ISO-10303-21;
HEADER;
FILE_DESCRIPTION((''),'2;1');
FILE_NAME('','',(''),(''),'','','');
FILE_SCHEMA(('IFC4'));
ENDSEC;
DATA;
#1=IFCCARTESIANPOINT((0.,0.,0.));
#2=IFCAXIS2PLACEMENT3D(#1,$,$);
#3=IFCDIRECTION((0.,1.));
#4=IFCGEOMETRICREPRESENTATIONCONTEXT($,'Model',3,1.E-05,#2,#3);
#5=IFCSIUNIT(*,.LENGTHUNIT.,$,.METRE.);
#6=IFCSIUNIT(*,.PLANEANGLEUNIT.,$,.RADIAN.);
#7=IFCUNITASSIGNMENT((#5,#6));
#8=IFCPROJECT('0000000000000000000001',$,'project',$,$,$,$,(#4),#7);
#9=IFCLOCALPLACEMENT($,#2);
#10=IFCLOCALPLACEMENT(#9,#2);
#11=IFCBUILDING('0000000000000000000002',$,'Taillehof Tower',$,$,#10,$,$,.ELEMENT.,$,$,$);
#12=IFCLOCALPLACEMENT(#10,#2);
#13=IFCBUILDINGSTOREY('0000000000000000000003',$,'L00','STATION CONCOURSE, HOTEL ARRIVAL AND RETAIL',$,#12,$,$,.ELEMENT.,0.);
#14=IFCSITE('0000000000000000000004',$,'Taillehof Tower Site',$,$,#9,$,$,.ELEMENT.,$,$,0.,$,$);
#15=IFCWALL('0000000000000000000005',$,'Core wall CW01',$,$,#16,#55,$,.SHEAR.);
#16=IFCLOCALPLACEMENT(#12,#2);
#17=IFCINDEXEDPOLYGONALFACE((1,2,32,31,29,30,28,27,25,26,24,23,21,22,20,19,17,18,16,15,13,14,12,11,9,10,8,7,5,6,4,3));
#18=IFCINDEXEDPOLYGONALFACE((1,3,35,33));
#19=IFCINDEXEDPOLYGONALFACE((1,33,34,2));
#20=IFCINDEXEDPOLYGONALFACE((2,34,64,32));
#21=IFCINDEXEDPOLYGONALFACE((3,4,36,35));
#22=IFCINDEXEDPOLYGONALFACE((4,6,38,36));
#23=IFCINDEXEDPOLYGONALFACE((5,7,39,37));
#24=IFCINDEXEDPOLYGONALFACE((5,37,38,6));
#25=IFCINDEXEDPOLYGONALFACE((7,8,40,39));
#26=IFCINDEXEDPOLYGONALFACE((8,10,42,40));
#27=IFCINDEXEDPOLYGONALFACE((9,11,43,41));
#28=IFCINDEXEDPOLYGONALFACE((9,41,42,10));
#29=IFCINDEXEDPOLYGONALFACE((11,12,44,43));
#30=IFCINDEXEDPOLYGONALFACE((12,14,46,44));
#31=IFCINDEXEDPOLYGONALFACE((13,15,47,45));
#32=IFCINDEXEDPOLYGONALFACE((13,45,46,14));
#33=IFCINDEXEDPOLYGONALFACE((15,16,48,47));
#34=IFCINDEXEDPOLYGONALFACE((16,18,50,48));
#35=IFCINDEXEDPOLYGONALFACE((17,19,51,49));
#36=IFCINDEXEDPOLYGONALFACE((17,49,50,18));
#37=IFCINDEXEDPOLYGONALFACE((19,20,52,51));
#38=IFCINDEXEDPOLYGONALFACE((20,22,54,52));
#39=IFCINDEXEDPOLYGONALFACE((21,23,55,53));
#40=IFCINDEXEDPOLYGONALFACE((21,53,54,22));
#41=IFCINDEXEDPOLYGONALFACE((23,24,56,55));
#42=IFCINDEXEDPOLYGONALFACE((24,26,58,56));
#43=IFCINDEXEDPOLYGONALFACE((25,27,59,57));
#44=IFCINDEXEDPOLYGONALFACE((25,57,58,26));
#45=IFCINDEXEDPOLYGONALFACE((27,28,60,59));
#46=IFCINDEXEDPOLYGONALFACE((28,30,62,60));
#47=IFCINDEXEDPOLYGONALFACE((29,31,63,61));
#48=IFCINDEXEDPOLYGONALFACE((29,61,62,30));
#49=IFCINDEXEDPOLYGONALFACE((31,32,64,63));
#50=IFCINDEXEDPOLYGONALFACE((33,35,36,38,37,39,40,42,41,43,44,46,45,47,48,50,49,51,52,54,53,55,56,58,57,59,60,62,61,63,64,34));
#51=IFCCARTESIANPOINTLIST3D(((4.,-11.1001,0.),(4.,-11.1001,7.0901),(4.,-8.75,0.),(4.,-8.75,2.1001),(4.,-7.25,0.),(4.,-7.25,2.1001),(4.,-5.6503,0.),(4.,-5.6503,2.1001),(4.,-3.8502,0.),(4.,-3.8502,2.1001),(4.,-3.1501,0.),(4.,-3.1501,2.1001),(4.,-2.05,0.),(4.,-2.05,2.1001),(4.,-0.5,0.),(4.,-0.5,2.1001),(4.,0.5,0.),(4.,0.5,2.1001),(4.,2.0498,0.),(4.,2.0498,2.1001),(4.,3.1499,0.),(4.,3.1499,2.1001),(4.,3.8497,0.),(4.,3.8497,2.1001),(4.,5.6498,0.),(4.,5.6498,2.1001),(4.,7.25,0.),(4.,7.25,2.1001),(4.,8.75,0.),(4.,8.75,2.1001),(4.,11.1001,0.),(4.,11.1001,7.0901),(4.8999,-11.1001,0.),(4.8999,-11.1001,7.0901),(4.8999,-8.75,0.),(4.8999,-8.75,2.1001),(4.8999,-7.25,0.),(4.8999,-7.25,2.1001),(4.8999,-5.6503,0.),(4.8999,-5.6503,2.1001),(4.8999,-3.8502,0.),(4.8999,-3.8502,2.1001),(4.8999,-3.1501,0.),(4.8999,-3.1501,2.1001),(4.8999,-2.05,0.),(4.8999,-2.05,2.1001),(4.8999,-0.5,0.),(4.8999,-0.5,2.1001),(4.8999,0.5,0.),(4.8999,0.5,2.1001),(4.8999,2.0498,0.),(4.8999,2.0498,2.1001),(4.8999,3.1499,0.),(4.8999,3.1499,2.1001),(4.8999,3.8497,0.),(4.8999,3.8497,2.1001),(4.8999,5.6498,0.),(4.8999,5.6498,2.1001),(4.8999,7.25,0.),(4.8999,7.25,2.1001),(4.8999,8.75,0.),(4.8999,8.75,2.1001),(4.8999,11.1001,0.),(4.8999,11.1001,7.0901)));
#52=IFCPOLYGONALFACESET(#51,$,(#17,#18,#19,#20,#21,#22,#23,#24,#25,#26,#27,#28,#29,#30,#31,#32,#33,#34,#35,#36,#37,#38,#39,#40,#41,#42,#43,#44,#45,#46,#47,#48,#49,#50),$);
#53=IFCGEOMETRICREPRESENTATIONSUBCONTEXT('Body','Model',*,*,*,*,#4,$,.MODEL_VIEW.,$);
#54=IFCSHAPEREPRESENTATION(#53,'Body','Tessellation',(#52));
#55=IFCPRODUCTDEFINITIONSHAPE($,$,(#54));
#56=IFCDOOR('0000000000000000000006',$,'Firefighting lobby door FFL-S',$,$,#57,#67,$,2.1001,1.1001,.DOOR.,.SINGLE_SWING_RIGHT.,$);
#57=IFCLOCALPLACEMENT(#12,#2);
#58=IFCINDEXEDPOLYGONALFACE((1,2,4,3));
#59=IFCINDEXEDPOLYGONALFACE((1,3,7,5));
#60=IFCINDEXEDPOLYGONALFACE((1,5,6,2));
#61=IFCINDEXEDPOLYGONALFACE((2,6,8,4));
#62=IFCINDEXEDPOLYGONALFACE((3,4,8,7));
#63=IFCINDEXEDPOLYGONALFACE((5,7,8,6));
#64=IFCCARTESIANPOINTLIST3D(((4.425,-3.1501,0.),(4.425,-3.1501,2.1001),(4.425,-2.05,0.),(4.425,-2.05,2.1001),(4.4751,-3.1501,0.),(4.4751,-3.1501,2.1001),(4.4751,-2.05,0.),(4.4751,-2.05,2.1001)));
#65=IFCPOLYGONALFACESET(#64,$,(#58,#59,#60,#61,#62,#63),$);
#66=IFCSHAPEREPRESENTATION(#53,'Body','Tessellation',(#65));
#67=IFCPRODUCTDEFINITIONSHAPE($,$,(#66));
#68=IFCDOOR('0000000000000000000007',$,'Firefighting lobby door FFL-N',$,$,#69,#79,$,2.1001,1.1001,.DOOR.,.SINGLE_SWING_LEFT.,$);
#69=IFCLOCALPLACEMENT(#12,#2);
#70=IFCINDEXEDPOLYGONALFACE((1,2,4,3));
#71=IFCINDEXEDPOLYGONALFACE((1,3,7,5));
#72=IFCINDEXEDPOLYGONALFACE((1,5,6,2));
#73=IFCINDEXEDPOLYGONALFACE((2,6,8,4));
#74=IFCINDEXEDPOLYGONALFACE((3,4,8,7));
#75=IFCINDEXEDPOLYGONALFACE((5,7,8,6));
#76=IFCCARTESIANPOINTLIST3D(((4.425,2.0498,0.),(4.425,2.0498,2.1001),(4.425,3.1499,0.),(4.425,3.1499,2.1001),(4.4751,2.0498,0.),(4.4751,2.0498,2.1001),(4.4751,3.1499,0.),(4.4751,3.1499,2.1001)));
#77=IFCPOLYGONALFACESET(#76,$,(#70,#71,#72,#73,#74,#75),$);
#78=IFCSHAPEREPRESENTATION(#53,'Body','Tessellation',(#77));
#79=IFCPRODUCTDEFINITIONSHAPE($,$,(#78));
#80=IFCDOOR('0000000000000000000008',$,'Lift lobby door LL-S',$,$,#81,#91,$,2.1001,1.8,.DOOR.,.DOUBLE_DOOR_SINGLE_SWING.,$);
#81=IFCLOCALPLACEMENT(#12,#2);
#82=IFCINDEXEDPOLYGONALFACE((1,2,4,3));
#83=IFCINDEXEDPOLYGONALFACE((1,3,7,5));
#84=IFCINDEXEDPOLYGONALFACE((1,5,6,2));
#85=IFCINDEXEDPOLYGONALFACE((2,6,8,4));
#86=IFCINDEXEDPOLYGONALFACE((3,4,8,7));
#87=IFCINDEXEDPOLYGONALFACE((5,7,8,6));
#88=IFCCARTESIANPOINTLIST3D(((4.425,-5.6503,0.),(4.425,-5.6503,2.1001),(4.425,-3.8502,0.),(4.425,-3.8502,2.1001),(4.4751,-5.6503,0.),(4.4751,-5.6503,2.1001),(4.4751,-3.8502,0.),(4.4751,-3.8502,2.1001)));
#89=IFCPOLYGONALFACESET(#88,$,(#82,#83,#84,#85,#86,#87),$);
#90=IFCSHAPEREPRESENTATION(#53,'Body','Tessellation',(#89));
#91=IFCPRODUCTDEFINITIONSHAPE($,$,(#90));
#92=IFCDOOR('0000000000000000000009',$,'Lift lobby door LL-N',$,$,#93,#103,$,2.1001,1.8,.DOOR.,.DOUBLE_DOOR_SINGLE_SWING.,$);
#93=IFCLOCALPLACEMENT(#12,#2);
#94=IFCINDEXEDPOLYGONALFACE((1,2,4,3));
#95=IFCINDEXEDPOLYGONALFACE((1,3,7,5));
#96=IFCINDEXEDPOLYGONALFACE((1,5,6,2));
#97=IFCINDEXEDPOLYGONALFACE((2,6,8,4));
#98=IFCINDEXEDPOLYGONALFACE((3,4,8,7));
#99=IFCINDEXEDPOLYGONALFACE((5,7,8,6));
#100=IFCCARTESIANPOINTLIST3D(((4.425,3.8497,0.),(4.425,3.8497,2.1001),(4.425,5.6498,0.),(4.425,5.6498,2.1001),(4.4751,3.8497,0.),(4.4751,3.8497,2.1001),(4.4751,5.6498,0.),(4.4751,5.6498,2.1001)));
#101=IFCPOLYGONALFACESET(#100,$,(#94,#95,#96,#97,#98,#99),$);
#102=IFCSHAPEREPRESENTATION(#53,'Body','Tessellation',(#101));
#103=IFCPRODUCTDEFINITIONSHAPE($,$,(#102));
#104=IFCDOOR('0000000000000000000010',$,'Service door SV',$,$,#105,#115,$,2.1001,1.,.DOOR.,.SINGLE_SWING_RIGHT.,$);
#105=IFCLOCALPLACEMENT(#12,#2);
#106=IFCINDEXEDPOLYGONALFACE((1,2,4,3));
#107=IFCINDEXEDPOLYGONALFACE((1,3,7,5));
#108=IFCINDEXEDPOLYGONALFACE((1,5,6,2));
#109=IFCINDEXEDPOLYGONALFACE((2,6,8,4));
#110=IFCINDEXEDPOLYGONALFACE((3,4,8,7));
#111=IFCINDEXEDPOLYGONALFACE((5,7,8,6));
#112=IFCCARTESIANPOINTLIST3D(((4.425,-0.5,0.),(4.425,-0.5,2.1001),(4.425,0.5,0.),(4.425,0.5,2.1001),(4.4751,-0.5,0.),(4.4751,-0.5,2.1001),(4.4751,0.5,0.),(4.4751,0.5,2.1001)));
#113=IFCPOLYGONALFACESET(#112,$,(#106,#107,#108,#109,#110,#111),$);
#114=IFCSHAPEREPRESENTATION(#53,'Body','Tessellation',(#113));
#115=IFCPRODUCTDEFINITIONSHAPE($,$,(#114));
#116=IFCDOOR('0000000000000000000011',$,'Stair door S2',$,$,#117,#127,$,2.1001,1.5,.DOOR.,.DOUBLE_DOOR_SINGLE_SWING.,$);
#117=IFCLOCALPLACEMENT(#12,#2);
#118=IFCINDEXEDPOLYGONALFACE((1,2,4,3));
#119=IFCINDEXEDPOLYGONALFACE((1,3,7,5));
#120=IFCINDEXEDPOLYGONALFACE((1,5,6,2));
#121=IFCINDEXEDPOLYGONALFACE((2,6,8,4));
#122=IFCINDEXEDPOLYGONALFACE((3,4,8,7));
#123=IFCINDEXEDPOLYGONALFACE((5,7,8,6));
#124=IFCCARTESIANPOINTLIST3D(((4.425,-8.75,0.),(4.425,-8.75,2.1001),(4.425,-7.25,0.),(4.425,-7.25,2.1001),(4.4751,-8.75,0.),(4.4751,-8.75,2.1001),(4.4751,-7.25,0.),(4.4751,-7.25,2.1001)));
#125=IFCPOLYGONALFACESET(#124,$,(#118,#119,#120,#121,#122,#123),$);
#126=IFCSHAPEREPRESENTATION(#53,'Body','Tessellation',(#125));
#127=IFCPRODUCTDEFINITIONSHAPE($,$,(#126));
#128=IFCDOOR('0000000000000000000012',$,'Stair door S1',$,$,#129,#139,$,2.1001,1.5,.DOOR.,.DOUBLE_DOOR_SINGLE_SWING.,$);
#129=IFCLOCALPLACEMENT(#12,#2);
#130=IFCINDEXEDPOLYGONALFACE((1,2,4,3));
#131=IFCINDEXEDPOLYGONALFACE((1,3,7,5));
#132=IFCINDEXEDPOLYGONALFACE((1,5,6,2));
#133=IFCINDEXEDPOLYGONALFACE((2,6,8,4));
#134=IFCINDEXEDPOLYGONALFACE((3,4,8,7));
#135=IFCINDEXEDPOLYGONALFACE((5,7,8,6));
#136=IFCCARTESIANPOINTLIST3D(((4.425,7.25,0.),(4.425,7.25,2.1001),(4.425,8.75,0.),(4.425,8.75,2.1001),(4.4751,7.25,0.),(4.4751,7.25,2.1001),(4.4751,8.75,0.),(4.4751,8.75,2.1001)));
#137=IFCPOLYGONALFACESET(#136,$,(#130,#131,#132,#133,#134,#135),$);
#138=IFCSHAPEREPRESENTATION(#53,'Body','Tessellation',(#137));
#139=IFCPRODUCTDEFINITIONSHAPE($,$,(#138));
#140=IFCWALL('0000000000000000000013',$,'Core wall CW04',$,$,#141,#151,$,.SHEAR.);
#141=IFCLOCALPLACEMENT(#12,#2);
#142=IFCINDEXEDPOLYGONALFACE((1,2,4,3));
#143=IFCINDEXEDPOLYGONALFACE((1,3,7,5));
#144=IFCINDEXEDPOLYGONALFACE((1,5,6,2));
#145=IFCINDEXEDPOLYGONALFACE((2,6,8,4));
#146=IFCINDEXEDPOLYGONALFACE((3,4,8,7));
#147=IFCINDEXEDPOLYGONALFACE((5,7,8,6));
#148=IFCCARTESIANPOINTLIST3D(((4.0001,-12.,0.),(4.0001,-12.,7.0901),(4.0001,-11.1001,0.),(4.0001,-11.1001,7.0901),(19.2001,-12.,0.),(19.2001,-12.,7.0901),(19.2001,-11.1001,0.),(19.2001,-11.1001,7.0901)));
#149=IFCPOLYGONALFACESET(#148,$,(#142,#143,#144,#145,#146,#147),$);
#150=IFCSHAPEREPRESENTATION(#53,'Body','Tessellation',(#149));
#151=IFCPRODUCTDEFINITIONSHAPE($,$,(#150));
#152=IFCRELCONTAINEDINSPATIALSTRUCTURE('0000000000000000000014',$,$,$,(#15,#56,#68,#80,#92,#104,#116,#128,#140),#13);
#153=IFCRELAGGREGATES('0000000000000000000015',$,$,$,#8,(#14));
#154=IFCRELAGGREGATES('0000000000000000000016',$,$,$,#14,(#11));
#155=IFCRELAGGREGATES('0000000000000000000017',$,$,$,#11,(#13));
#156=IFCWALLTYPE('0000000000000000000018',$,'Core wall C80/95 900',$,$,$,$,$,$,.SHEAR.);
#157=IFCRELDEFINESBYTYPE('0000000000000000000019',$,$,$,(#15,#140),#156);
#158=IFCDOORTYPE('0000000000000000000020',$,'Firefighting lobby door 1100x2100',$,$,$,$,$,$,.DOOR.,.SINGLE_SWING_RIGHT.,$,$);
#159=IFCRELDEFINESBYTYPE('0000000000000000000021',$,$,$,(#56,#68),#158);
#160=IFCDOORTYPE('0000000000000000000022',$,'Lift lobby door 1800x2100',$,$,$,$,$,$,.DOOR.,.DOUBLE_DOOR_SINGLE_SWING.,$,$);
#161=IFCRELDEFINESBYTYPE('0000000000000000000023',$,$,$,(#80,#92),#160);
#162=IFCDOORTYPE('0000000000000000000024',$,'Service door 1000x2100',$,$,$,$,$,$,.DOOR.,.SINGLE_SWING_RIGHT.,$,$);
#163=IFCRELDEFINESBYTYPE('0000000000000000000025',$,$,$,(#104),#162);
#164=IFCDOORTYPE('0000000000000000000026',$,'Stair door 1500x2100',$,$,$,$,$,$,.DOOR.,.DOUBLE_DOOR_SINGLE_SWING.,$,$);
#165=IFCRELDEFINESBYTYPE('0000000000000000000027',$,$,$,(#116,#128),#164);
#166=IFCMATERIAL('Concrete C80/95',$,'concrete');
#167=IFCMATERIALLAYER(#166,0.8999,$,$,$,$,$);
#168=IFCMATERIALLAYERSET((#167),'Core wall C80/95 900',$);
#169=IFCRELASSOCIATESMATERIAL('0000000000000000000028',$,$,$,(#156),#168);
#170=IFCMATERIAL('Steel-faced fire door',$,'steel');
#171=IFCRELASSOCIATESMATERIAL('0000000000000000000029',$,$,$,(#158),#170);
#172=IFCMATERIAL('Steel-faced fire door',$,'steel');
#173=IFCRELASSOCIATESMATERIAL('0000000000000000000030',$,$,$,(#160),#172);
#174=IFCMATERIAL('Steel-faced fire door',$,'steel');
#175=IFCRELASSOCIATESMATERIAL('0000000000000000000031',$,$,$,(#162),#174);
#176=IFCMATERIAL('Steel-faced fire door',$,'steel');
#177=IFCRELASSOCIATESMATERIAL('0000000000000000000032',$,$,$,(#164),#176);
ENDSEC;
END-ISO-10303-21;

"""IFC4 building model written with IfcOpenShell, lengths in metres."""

from ifc_helpers import new_model, si_unit, direction, frame, frame_2d, origin, place, context, subcontext, project, spatial, rectangle, extrude, material, layer, layer_set, type_object, element, fill, save


model = new_model("IFC4")

# Units and contexts
model_context = context("Model", 3, precision=1e-05, world=origin(), true_north=direction((0.0, 1.0)))
body_context = subcontext(model_context, "Body", "Model", "MODEL_VIEW")
ifc_project = project(units=[si_unit("LENGTHUNIT", "METRE"), si_unit("PLANEANGLEUNIT", "RADIAN")], contexts=[model_context])

# Site, building, storey
site_placement = place(None, origin())
site = spatial("IfcSite", under=ifc_project, at=site_placement, Name="Taillehof Tower Site", CompositionType="ELEMENT", RefElevation=0.0)
building_placement = place(site_placement, origin())
building = spatial("IfcBuilding", under=site, at=building_placement, Name="Taillehof Tower", CompositionType="ELEMENT")
storey_placement = place(building_placement, origin())
storey = spatial("IfcBuildingStorey", under=building, at=storey_placement, Name="L00", Description="STATION CONCOURSE, HOTEL ARRIVAL AND RETAIL", CompositionType="ELEMENT", Elevation=0.0)

# Wall, openings, doors
ifc_material_1 = material(Name="Concrete C80/95", Category="concrete")
ifc_layer_1 = layer(ifc_material_1, 0.8999)
ifc_layer_set_1 = layer_set([ifc_layer_1], Name="Core wall C80/95 900")
wall_type_1 = type_object("IfcWallType", Name="Core wall C80/95 900", PredefinedType="SHEAR", material=ifc_layer_set_1)
wall_1_placement = place(storey_placement, frame((4.45, -11.1001, 0.0), z_axis=(0.0, 0.0, 1.0), x_axis=(0.0, 1.0, 0.0)))
wall_1 = element("IfcWall", 1, at=wall_1_placement, inside=storey, type_object=wall_type_1, Name="Core wall CW01", PredefinedType="SHEAR", context=body_context, shape_type="SweptSolid", body=[
    extrude(rectangle(XDim=22.2002, YDim=0.8999, at=frame_2d((11.1001, 0.0))), origin(), (0.0, 0.0, 1.0), 7.0901),
])
opening_1_placement = place(wall_1_placement, frame((2.3501, 0.0, 0.0)))
opening_1 = element("IfcOpeningElement", 2, at=opening_1_placement, cuts=wall_1, PredefinedType="OPENING", context=body_context, shape_type="SweptSolid", body=[
    extrude(rectangle(XDim=1.5, YDim=2.1001, at=frame_2d((0.75, 1.05))), frame((0.0, 0.46, 0.0), z_axis=(0.0, -1.0, 0.0), x_axis=(1.0, 0.0, 0.0)), (0.0, 0.0, 1.0), 0.9199),
])
opening_2_placement = place(wall_1_placement, frame((5.45, 0.0, 0.0)))
opening_2 = element("IfcOpeningElement", 3, at=opening_2_placement, cuts=wall_1, PredefinedType="OPENING", context=body_context, shape_type="SweptSolid", body=[
    extrude(rectangle(XDim=1.8, YDim=2.1001, at=frame_2d((0.8999, 1.05))), frame((0.0, 0.46, 0.0), z_axis=(0.0, -1.0, 0.0), x_axis=(1.0, 0.0, 0.0)), (0.0, 0.0, 1.0), 0.9199),
])
opening_3_placement = place(wall_1_placement, frame((7.95, 0.0, 0.0)))
opening_3 = element("IfcOpeningElement", 4, at=opening_3_placement, cuts=wall_1, PredefinedType="OPENING", context=body_context, shape_type="SweptSolid", body=[
    extrude(rectangle(XDim=1.1001, YDim=2.1001, at=frame_2d((0.55, 1.05))), frame((0.0, 0.46, 0.0), z_axis=(0.0, -1.0, 0.0), x_axis=(1.0, 0.0, 0.0)), (0.0, 0.0, 1.0), 0.9199),
])
opening_4_placement = place(wall_1_placement, frame((10.6001, 0.0, 0.0)))
opening_4 = element("IfcOpeningElement", 5, at=opening_4_placement, cuts=wall_1, PredefinedType="OPENING", context=body_context, shape_type="SweptSolid", body=[
    extrude(rectangle(XDim=1.0, YDim=2.1001, at=frame_2d((0.5, 1.05))), frame((0.0, 0.46, 0.0), z_axis=(0.0, -1.0, 0.0), x_axis=(1.0, 0.0, 0.0)), (0.0, 0.0, 1.0), 0.9199),
])
opening_5_placement = place(wall_1_placement, frame((13.1499, 0.0, 0.0)))
opening_5 = element("IfcOpeningElement", 6, at=opening_5_placement, cuts=wall_1, PredefinedType="OPENING", context=body_context, shape_type="SweptSolid", body=[
    extrude(rectangle(XDim=1.1001, YDim=2.1001, at=frame_2d((0.55, 1.05))), frame((0.0, 0.46, 0.0), z_axis=(0.0, -1.0, 0.0), x_axis=(1.0, 0.0, 0.0)), (0.0, 0.0, 1.0), 0.9199),
])
opening_6_placement = place(wall_1_placement, frame((14.95, 0.0, 0.0)))
opening_6 = element("IfcOpeningElement", 7, at=opening_6_placement, cuts=wall_1, PredefinedType="OPENING", context=body_context, shape_type="SweptSolid", body=[
    extrude(rectangle(XDim=1.8, YDim=2.1001, at=frame_2d((0.8999, 1.05))), frame((0.0, 0.46, 0.0), z_axis=(0.0, -1.0, 0.0), x_axis=(1.0, 0.0, 0.0)), (0.0, 0.0, 1.0), 0.9199),
])
opening_7_placement = place(wall_1_placement, frame((18.3501, 0.0, 0.0)))
opening_7 = element("IfcOpeningElement", 8, at=opening_7_placement, cuts=wall_1, PredefinedType="OPENING", context=body_context, shape_type="SweptSolid", body=[
    extrude(rectangle(XDim=1.5, YDim=2.1001, at=frame_2d((0.75, 1.05))), frame((0.0, 0.46, 0.0), z_axis=(0.0, -1.0, 0.0), x_axis=(1.0, 0.0, 0.0)), (0.0, 0.0, 1.0), 0.9199),
])
ifc_material_2 = material(Name="Steel-faced fire door", Category="steel")
door_type_1 = type_object("IfcDoorType", Name="Firefighting lobby door 1100x2100", OperationType="SINGLE_SWING_RIGHT", PredefinedType="DOOR", material=ifc_material_2)
door_1_placement = place(opening_3_placement, origin())
door_1 = element("IfcDoor", 9, at=door_1_placement, inside=storey, type_object=door_type_1, Name="Firefighting lobby door FFL-S", OperationType="SINGLE_SWING_RIGHT", OverallHeight=2.1001, OverallWidth=1.1001, PredefinedType="DOOR", context=body_context, shape_type="SweptSolid", body=[
    extrude(rectangle(XDim=1.1001, YDim=2.1001, at=frame_2d((0.55, 1.05))), frame((0.0, 0.0249, 0.0), z_axis=(0.0, -1.0, 0.0), x_axis=(1.0, 0.0, 0.0)), (0.0, 0.0, 1.0), 0.05),
])
fill(opening_3, door_1)
door_2_placement = place(opening_5_placement, origin())
door_2 = element("IfcDoor", 10, at=door_2_placement, inside=storey, type_object=door_type_1, Name="Firefighting lobby door FFL-N", OperationType="SINGLE_SWING_LEFT", OverallHeight=2.1001, OverallWidth=1.1001, PredefinedType="DOOR", context=body_context, shape_type="SweptSolid", body=[
    extrude(rectangle(XDim=1.1001, YDim=2.1001, at=frame_2d((0.55, 1.05))), frame((0.0, 0.0249, 0.0), z_axis=(0.0, -1.0, 0.0), x_axis=(1.0, 0.0, 0.0)), (0.0, 0.0, 1.0), 0.05),
])
fill(opening_5, door_2)
ifc_material_3 = material(Name="Steel-faced fire door", Category="steel")
door_type_2 = type_object("IfcDoorType", Name="Lift lobby door 1800x2100", OperationType="DOUBLE_DOOR_SINGLE_SWING", PredefinedType="DOOR", material=ifc_material_3)
door_3_placement = place(opening_2_placement, origin())
door_3 = element("IfcDoor", 11, at=door_3_placement, inside=storey, type_object=door_type_2, Name="Lift lobby door LL-S", OperationType="DOUBLE_DOOR_SINGLE_SWING", OverallHeight=2.1001, OverallWidth=1.8, PredefinedType="DOOR", context=body_context, shape_type="SweptSolid", body=[
    extrude(rectangle(XDim=1.8, YDim=2.1001, at=frame_2d((0.8999, 1.05))), frame((0.0, 0.0249, 0.0), z_axis=(0.0, -1.0, 0.0), x_axis=(1.0, 0.0, 0.0)), (0.0, 0.0, 1.0), 0.05),
])
fill(opening_2, door_3)
door_4_placement = place(opening_6_placement, origin())
door_4 = element("IfcDoor", 12, at=door_4_placement, inside=storey, type_object=door_type_2, Name="Lift lobby door LL-N", OperationType="DOUBLE_DOOR_SINGLE_SWING", OverallHeight=2.1001, OverallWidth=1.8, PredefinedType="DOOR", context=body_context, shape_type="SweptSolid", body=[
    extrude(rectangle(XDim=1.8, YDim=2.1001, at=frame_2d((0.8999, 1.05))), frame((0.0, 0.0249, 0.0), z_axis=(0.0, -1.0, 0.0), x_axis=(1.0, 0.0, 0.0)), (0.0, 0.0, 1.0), 0.05),
])
fill(opening_6, door_4)
ifc_material_4 = material(Name="Steel-faced fire door", Category="steel")
door_type_3 = type_object("IfcDoorType", Name="Service door 1000x2100", OperationType="SINGLE_SWING_RIGHT", PredefinedType="DOOR", material=ifc_material_4)
door_5_placement = place(opening_4_placement, origin())
door_5 = element("IfcDoor", 13, at=door_5_placement, inside=storey, type_object=door_type_3, Name="Service door SV", OperationType="SINGLE_SWING_RIGHT", OverallHeight=2.1001, OverallWidth=1.0, PredefinedType="DOOR", context=body_context, shape_type="SweptSolid", body=[
    extrude(rectangle(XDim=1.0, YDim=2.1001, at=frame_2d((0.5, 1.05))), frame((0.0, 0.0249, 0.0), z_axis=(0.0, -1.0, 0.0), x_axis=(1.0, 0.0, 0.0)), (0.0, 0.0, 1.0), 0.05),
])
fill(opening_4, door_5)
ifc_material_5 = material(Name="Steel-faced fire door", Category="steel")
door_type_4 = type_object("IfcDoorType", Name="Stair door 1500x2100", OperationType="DOUBLE_DOOR_SINGLE_SWING", PredefinedType="DOOR", material=ifc_material_5)
door_6_placement = place(opening_1_placement, origin())
door_6 = element("IfcDoor", 14, at=door_6_placement, inside=storey, type_object=door_type_4, Name="Stair door S2", OperationType="DOUBLE_DOOR_SINGLE_SWING", OverallHeight=2.1001, OverallWidth=1.5, PredefinedType="DOOR", context=body_context, shape_type="SweptSolid", body=[
    extrude(rectangle(XDim=1.5, YDim=2.1001, at=frame_2d((0.75, 1.05))), frame((0.0, 0.0249, 0.0), z_axis=(0.0, -1.0, 0.0), x_axis=(1.0, 0.0, 0.0)), (0.0, 0.0, 1.0), 0.05),
])
fill(opening_1, door_6)
door_7_placement = place(opening_7_placement, origin())
door_7 = element("IfcDoor", 15, at=door_7_placement, inside=storey, type_object=door_type_4, Name="Stair door S1", OperationType="DOUBLE_DOOR_SINGLE_SWING", OverallHeight=2.1001, OverallWidth=1.5, PredefinedType="DOOR", context=body_context, shape_type="SweptSolid", body=[
    extrude(rectangle(XDim=1.5, YDim=2.1001, at=frame_2d((0.75, 1.05))), frame((0.0, 0.0249, 0.0), z_axis=(0.0, -1.0, 0.0), x_axis=(1.0, 0.0, 0.0)), (0.0, 0.0, 1.0), 0.05),
])
fill(opening_7, door_7)

# Wall
wall_2_placement = place(storey_placement, frame((4.0, -11.55, 0.0), z_axis=(0.0, 0.0, 1.0), x_axis=(1.0, 0.0, 0.0)))
element("IfcWall", 16, at=wall_2_placement, inside=storey, type_object=wall_type_1, Name="Core wall CW04", PredefinedType="SHEAR", context=body_context, shape_type="SweptSolid", body=[
    extrude(rectangle(XDim=15.2, YDim=0.8999, at=frame_2d((7.6001, 0.0))), origin(), (0.0, 0.0, 1.0), 7.0901),
])

save(model, "model.ifc")
